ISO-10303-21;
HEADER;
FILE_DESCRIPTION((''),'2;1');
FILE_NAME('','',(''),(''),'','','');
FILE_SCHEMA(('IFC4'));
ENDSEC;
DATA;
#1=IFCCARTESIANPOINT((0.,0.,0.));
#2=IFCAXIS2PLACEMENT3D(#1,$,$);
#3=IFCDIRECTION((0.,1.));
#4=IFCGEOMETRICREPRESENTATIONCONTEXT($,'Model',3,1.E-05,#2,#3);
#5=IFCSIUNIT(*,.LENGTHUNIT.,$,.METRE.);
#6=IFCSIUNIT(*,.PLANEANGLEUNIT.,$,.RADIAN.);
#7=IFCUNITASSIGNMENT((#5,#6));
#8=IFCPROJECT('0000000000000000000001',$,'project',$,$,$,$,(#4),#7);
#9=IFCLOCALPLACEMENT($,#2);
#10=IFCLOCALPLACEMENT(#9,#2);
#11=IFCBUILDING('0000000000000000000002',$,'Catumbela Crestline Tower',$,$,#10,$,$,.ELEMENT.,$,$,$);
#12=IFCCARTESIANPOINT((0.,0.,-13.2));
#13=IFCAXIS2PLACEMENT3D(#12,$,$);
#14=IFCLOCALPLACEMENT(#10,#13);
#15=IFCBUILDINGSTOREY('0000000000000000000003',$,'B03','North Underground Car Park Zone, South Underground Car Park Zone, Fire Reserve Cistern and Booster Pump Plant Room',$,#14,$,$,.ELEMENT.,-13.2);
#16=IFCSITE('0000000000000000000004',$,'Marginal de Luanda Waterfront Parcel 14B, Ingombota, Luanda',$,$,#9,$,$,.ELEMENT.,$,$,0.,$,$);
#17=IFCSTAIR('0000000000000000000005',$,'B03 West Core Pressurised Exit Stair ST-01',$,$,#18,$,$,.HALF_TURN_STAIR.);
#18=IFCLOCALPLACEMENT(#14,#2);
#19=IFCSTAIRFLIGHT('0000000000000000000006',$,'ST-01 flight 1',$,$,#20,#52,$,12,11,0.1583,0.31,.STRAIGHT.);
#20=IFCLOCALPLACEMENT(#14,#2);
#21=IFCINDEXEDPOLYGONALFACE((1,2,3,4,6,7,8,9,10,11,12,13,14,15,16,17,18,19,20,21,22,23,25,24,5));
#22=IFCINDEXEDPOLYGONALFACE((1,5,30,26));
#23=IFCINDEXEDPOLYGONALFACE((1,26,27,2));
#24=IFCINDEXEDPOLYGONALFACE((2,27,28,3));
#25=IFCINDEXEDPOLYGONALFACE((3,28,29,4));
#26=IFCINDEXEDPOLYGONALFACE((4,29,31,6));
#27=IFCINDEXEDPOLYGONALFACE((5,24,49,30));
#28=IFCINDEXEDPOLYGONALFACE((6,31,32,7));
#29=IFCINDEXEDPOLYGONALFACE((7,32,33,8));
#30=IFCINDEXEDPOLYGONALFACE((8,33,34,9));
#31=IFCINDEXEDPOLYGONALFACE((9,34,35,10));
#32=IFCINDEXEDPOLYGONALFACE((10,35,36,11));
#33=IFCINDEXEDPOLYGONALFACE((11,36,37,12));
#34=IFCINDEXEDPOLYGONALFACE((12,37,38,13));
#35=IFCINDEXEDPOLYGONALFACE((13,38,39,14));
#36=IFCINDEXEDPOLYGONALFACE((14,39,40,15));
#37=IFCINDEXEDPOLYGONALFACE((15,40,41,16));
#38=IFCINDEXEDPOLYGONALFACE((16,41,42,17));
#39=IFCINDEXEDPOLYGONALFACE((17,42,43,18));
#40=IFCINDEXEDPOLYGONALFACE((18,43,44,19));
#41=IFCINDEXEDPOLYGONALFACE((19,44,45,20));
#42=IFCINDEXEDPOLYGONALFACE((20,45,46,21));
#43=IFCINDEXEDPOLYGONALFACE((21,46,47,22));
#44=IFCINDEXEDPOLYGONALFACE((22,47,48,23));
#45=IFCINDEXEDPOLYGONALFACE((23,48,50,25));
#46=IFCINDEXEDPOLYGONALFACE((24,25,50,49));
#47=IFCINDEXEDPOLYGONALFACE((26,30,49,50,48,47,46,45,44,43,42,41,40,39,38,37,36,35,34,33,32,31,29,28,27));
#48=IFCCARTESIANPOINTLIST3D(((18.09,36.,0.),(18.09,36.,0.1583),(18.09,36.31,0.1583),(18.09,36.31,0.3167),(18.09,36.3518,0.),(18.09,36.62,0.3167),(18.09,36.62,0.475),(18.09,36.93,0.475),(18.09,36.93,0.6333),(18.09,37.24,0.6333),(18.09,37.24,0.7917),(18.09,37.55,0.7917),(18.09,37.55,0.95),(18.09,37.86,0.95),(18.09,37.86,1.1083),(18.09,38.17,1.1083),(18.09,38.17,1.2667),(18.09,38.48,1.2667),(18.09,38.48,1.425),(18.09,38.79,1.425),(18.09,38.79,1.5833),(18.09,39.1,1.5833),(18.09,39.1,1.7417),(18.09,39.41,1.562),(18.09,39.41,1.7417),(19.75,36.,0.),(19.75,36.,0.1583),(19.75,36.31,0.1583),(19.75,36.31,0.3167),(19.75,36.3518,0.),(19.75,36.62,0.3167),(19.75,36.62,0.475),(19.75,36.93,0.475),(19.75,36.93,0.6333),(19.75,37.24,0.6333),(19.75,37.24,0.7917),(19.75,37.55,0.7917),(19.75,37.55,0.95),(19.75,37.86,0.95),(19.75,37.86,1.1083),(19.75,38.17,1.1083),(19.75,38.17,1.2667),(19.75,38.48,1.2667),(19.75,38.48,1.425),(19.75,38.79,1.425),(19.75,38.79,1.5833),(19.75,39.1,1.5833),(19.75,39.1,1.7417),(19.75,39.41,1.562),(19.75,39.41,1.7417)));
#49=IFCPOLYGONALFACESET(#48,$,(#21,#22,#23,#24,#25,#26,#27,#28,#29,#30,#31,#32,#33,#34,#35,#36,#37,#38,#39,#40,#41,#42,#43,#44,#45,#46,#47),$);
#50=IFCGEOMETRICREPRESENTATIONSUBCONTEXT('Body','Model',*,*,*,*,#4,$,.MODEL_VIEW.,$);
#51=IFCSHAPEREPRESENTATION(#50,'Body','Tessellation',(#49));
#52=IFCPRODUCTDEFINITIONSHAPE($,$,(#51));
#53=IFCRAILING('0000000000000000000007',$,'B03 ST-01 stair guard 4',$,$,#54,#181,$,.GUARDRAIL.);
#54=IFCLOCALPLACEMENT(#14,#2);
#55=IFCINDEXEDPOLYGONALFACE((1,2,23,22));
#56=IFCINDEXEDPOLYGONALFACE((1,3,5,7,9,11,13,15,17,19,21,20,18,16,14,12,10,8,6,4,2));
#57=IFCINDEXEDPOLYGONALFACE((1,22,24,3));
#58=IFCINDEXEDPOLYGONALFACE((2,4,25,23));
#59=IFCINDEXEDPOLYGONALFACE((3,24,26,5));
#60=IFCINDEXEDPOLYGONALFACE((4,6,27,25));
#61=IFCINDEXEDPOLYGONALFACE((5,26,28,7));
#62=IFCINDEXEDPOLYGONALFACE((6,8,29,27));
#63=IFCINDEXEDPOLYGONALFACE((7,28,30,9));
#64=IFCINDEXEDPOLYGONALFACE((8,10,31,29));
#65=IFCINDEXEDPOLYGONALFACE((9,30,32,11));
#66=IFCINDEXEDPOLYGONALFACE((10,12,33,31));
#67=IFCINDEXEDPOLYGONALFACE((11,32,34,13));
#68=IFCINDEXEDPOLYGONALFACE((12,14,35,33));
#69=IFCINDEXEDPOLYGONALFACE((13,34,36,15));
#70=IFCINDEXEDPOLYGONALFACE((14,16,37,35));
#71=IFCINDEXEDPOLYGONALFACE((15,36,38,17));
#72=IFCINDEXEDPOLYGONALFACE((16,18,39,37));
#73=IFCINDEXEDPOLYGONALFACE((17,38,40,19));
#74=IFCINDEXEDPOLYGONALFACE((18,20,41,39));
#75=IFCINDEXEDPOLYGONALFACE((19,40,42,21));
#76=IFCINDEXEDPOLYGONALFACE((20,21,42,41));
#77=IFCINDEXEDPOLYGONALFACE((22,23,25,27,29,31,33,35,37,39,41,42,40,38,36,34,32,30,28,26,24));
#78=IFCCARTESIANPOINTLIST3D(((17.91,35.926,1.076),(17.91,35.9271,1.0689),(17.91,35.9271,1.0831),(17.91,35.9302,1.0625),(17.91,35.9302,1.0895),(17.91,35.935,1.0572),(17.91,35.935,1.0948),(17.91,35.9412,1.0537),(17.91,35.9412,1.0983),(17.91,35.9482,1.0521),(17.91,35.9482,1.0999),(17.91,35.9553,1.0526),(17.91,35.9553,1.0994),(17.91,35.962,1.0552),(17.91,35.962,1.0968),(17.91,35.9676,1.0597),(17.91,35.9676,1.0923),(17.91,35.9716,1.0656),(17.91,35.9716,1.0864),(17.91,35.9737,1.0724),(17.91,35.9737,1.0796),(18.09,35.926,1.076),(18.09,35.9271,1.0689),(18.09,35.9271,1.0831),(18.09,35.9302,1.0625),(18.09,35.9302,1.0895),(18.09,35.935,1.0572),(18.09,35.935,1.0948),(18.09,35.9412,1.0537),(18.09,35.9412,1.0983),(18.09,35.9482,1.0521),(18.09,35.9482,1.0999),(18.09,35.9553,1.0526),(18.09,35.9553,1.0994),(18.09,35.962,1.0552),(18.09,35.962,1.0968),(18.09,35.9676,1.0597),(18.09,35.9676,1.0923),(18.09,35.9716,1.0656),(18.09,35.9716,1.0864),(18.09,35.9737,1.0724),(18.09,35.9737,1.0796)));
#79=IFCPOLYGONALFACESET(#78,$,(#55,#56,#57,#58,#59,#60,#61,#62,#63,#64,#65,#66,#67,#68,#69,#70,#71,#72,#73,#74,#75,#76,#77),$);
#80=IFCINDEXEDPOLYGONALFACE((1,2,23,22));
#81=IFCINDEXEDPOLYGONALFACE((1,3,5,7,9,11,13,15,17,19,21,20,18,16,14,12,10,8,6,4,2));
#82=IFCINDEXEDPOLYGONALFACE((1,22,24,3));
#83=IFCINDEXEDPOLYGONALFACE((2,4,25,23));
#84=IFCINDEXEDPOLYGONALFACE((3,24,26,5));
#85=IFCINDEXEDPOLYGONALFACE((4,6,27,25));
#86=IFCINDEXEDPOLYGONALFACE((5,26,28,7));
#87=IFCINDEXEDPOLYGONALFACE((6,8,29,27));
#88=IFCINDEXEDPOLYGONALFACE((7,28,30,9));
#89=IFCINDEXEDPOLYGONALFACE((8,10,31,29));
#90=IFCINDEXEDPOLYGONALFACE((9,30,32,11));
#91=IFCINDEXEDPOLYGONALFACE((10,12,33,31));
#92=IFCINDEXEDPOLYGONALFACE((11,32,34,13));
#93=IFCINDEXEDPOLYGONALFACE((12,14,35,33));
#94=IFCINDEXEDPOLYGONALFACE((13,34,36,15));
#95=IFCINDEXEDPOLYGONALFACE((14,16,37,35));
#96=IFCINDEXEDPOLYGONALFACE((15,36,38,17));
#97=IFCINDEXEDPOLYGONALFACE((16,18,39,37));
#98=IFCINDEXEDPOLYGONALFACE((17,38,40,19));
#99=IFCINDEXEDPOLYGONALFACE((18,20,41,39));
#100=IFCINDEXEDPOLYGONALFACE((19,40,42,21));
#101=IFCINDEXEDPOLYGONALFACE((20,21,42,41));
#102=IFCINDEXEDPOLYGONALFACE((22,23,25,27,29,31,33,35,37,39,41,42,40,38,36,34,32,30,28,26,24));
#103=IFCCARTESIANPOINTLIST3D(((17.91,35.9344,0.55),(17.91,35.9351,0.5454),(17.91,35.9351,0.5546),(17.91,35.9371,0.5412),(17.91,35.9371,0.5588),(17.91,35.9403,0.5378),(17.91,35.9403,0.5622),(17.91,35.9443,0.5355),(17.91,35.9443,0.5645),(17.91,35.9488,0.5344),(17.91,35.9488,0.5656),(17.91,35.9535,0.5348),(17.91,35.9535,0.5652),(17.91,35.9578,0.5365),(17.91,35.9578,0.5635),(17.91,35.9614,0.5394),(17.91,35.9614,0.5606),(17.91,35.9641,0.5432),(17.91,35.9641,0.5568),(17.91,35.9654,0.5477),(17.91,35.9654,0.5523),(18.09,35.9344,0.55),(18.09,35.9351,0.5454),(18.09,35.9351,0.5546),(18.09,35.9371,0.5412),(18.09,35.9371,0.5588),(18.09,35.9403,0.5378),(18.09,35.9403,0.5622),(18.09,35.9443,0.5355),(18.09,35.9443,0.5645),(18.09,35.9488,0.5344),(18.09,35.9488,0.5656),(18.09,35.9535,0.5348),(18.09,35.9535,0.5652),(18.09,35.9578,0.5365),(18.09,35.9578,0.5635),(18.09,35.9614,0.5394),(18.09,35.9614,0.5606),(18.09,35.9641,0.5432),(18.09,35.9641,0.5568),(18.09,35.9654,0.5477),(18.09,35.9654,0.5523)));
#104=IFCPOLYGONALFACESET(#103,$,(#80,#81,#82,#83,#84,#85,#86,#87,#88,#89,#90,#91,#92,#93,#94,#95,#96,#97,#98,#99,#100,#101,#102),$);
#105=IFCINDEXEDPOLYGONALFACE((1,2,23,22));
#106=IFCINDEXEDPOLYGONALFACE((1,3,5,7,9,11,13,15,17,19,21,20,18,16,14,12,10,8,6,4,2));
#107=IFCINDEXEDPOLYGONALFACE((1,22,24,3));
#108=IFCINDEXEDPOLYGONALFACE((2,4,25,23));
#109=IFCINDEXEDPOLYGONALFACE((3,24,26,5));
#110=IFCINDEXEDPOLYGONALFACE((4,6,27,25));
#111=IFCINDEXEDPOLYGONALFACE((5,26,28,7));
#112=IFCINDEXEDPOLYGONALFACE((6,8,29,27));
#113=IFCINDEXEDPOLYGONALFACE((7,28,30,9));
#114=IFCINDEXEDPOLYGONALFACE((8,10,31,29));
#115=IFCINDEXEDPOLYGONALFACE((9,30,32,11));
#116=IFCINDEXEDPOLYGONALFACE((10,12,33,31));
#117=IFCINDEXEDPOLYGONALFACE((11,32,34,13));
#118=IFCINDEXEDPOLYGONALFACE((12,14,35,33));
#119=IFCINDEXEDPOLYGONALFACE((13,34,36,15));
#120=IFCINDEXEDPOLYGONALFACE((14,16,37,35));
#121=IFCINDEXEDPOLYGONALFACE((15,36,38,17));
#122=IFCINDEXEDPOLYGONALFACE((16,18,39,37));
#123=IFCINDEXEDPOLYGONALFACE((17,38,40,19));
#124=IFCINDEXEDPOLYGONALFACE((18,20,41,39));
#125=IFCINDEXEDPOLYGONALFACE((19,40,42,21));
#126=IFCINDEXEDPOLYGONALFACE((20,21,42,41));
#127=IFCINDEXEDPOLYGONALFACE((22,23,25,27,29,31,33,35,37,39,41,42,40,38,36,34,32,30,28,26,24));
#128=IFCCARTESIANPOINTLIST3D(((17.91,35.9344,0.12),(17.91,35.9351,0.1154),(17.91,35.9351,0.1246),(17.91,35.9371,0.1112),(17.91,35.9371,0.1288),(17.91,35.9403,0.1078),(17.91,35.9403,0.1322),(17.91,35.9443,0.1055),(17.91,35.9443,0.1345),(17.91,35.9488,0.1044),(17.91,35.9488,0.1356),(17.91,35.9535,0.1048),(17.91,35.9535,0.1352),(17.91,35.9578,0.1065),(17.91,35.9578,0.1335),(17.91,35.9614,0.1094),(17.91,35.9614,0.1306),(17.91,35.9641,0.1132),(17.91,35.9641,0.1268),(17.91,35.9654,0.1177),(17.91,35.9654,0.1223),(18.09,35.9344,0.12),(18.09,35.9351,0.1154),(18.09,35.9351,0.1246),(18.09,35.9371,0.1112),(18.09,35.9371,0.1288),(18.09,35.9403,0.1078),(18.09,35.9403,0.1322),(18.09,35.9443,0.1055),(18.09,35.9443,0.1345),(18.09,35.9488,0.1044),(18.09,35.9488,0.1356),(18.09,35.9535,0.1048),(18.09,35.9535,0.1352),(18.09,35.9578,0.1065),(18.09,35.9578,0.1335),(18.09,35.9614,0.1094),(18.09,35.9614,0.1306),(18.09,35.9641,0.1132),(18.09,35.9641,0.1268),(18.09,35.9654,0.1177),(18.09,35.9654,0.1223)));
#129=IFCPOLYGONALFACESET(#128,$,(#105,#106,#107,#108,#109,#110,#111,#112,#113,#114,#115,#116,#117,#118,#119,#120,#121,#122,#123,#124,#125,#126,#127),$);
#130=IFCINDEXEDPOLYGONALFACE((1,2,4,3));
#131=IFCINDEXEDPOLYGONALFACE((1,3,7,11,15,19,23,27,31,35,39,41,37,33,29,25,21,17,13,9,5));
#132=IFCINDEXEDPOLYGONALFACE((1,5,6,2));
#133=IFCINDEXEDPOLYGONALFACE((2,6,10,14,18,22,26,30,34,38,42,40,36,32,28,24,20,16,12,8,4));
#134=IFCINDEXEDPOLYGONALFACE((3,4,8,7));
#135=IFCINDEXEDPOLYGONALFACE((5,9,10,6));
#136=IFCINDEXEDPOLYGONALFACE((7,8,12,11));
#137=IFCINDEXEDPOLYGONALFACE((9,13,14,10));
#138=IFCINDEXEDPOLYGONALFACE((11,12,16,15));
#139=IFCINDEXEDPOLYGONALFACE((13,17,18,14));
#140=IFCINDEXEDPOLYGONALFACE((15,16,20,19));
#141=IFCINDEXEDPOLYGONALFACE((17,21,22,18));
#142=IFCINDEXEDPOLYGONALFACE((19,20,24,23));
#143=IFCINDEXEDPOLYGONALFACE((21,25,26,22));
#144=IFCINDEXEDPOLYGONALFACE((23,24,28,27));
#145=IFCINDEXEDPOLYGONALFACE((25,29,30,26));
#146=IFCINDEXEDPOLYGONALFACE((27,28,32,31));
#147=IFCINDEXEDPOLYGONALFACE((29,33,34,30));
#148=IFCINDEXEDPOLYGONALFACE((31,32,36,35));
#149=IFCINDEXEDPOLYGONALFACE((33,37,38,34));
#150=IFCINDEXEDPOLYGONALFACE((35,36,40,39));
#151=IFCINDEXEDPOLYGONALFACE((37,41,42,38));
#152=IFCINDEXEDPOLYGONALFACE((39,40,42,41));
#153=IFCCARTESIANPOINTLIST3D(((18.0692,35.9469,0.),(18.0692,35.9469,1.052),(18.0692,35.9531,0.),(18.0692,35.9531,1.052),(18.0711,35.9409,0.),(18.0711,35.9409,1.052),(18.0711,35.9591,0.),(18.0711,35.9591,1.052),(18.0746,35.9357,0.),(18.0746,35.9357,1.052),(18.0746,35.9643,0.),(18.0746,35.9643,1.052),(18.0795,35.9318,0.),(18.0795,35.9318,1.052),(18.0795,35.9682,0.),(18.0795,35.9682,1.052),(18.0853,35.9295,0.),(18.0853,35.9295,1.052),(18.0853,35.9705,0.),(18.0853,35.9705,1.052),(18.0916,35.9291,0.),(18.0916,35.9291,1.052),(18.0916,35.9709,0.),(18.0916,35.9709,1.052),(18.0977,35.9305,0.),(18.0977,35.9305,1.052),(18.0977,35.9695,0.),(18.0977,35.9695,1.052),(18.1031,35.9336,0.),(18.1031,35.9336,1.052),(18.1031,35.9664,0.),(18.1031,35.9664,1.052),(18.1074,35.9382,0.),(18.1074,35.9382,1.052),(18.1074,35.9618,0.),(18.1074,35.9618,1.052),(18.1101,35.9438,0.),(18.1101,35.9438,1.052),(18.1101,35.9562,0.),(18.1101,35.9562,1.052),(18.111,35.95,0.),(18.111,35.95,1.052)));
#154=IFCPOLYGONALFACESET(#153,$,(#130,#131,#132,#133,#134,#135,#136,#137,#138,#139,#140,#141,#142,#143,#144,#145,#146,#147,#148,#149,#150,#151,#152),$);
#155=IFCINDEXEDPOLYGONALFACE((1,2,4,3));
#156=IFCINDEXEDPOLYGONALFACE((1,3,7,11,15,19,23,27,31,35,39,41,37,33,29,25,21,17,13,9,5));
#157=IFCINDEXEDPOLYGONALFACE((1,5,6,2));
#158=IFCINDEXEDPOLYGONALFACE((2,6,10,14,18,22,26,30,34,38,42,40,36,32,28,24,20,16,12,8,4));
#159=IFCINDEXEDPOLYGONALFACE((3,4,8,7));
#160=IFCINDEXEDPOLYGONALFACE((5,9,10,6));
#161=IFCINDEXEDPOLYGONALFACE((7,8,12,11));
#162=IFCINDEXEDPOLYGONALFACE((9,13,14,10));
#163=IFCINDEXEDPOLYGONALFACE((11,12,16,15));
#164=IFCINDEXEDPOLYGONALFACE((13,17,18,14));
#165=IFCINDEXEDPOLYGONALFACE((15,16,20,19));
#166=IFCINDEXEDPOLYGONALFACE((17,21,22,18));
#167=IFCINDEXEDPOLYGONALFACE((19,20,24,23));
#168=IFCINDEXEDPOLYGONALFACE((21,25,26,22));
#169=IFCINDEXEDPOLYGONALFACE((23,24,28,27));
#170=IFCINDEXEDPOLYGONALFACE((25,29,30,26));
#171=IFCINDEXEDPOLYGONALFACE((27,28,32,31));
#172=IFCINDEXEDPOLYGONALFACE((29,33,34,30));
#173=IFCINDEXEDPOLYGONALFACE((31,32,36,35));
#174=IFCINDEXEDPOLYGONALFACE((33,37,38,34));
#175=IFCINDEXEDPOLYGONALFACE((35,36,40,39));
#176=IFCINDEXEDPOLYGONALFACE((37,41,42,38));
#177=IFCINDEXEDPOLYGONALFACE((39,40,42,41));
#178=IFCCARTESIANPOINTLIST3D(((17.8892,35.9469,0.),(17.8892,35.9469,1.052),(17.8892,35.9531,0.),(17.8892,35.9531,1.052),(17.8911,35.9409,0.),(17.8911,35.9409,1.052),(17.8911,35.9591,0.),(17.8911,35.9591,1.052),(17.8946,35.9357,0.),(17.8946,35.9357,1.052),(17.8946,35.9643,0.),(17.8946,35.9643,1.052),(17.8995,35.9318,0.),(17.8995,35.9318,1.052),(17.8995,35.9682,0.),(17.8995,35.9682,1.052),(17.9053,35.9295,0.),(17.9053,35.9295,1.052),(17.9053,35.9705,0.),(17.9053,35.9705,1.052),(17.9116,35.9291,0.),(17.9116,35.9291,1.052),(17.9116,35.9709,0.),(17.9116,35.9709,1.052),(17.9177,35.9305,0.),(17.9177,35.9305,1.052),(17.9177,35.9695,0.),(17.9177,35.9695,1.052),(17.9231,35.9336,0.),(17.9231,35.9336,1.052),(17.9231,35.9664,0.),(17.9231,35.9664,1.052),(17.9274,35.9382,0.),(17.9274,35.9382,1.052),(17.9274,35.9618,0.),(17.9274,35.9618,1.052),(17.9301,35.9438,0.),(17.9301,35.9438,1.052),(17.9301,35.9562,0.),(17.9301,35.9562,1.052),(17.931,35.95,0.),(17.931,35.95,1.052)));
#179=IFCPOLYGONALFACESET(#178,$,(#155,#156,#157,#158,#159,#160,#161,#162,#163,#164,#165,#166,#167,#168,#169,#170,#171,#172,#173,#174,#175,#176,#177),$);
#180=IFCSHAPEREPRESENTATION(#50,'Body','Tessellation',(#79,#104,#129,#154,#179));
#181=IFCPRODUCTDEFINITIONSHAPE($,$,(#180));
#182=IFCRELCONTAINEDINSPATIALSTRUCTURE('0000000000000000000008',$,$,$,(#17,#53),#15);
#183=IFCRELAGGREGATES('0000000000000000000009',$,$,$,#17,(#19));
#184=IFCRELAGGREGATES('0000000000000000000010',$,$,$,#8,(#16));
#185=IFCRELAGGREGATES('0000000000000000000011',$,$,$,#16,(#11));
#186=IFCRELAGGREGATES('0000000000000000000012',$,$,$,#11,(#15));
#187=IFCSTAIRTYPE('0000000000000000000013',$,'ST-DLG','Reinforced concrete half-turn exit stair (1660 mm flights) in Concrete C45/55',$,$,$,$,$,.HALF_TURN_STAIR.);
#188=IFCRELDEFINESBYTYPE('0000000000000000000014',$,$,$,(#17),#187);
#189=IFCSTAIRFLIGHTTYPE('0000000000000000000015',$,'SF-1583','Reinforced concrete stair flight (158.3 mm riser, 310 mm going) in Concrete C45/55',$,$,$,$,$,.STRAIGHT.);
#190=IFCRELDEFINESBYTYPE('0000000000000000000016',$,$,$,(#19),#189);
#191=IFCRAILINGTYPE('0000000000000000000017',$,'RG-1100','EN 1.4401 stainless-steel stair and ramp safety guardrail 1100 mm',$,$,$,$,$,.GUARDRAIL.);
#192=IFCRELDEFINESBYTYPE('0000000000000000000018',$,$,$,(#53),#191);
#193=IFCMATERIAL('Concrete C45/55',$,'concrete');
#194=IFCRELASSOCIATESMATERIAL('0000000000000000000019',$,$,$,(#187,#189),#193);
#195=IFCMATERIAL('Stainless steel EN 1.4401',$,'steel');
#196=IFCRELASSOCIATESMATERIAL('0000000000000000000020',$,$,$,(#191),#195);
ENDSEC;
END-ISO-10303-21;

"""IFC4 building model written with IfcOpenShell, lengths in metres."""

from ifc_helpers import new_model, si_unit, direction, frame, origin, origin_2d, place, context, subcontext, project, spatial, polyline, circle, outline, extrude, material, type_object, element, aggregate, save


model = new_model("IFC4")

# Units and contexts
model_context = context("Model", 3, precision=1e-05, world=origin(), true_north=direction((0.0, 1.0)))
body_context = subcontext(model_context, "Body", "Model", "MODEL_VIEW")
ifc_project = project(units=[si_unit("LENGTHUNIT", "METRE"), si_unit("PLANEANGLEUNIT", "RADIAN")], contexts=[model_context])

# Site, building, storey
site_placement = place(None, origin())
site = spatial("IfcSite", under=ifc_project, at=site_placement, Name="Marginal de Luanda Waterfront Parcel 14B, Ingombota, Luanda", CompositionType="ELEMENT", RefElevation=0.0)
building_placement = place(site_placement, origin())
building = spatial("IfcBuilding", under=site, at=building_placement, Name="Catumbela Crestline Tower", CompositionType="ELEMENT")
storey_placement = place(building_placement, frame((0.0, 0.0, -13.2)))
storey = spatial("IfcBuildingStorey", under=building, at=storey_placement, Name="B03", Description="North Underground Car Park Zone, South Underground Car Park Zone, Fire Reserve Cistern and Booster Pump Plant Room", CompositionType="ELEMENT", Elevation=-13.2)

# Shared definitions
ifc_material_1 = material(Name="Stainless steel EN 1.4401", Category="steel")

# Stair, stair flight
ifc_material_2 = material(Name="Concrete C45/55", Category="concrete")
stair_type = type_object("IfcStairType", Name="ST-DLG", Description="Reinforced concrete half-turn exit stair (1660 mm flights) in Concrete C45/55", PredefinedType="HALF_TURN_STAIR", material=ifc_material_2)
stair_placement = place(storey_placement, origin())
stair = element("IfcStair", 1, at=stair_placement, inside=storey, type_object=stair_type, Name="B03 West Core Pressurised Exit Stair ST-01", PredefinedType="HALF_TURN_STAIR")
stair_flight_type = type_object("IfcStairFlightType", Name="SF-1583", Description="Reinforced concrete stair flight (158.3 mm riser, 310 mm going) in Concrete C45/55", PredefinedType="STRAIGHT", material=ifc_material_2)
stair_flight_placement = place(storey_placement, frame((18.92, 36.0, 0.0), z_axis=(0.0, 0.0, 1.0), x_axis=(0.0, 1.0, 0.0)))
stair_flight = element("IfcStairFlight", 2, at=stair_flight_placement, type_object=stair_flight_type, Name="ST-01 flight 1", NumberOfRisers=12, NumberOfTreads=11, PredefinedType="STRAIGHT", RiserHeight=0.1583, TreadLength=0.31, context=body_context, shape_type="SweptSolid", body=[
    extrude(outline(polyline([(0.0, 0.0), (0.0, 0.1583), (0.31, 0.1583), (0.31, 0.3167), (0.62, 0.3167), (0.62, 0.475), (0.93, 0.475), (0.93, 0.6333), (1.24, 0.6333), (1.24, 0.7917), (1.55, 0.7917), (1.55, 0.95), (1.86, 0.95), (1.86, 1.1083), (2.17, 1.1083), (2.17, 1.2667), (2.48, 1.2667), (2.48, 1.425), (2.79, 1.425), (2.79, 1.5833), (3.1, 1.5833), (3.1, 1.7417), (3.41, 1.7417), (3.41, 1.9), (3.41, 1.562), (0.3518, 0.0), (0.0, 0.0)])), frame((0.0, 0.83, 0.0), z_axis=(0.0, -1.0, 0.0), x_axis=(1.0, 0.0, 0.0)), (0.0, 0.0, 1.0), 1.66),
])
aggregate(stair, [stair_flight])

# Railing
railing_type_1 = type_object("IfcRailingType", Name="RG-1100", Description="EN 1.4401 stainless-steel stair and ramp safety guardrail 1100 mm", PredefinedType="GUARDRAIL", material=ifc_material_1)
railing_1_placement = place(storey_placement, frame((18.09, 35.95, 0.0)))
element("IfcRailing", 3, at=railing_1_placement, inside=storey, type_object=railing_type_1, Name="B03 ST-01 stair guard 4", PredefinedType="GUARDRAIL", context=body_context, shape_type="SweptSolid", body=[
    extrude(circle(Radius=0.024, at=origin_2d()), frame((0.0, 0.0, 1.076), z_axis=(-1.0, 0.0, 0.0), x_axis=(0.0, -1.0, 0.0)), (0.0, 0.0, 1.0), 0.18),
    extrude(circle(Radius=0.0156, at=origin_2d()), frame((0.0, 0.0, 0.55), z_axis=(-1.0, 0.0, 0.0), x_axis=(0.0, -1.0, 0.0)), (0.0, 0.0, 1.0), 0.18),
    extrude(circle(Radius=0.0156, at=origin_2d()), frame((0.0, 0.0, 0.12), z_axis=(-1.0, 0.0, 0.0), x_axis=(0.0, -1.0, 0.0)), (0.0, 0.0, 1.0), 0.18),
    extrude(circle(Radius=0.021, at=origin_2d()), origin(), (0.0, 0.0, 1.0), 1.052),
    extrude(circle(Radius=0.021, at=origin_2d()), frame((-0.18, 0.0, 0.0)), (0.0, 0.0, 1.0), 1.052),
])

save(model, "model.ifc")
